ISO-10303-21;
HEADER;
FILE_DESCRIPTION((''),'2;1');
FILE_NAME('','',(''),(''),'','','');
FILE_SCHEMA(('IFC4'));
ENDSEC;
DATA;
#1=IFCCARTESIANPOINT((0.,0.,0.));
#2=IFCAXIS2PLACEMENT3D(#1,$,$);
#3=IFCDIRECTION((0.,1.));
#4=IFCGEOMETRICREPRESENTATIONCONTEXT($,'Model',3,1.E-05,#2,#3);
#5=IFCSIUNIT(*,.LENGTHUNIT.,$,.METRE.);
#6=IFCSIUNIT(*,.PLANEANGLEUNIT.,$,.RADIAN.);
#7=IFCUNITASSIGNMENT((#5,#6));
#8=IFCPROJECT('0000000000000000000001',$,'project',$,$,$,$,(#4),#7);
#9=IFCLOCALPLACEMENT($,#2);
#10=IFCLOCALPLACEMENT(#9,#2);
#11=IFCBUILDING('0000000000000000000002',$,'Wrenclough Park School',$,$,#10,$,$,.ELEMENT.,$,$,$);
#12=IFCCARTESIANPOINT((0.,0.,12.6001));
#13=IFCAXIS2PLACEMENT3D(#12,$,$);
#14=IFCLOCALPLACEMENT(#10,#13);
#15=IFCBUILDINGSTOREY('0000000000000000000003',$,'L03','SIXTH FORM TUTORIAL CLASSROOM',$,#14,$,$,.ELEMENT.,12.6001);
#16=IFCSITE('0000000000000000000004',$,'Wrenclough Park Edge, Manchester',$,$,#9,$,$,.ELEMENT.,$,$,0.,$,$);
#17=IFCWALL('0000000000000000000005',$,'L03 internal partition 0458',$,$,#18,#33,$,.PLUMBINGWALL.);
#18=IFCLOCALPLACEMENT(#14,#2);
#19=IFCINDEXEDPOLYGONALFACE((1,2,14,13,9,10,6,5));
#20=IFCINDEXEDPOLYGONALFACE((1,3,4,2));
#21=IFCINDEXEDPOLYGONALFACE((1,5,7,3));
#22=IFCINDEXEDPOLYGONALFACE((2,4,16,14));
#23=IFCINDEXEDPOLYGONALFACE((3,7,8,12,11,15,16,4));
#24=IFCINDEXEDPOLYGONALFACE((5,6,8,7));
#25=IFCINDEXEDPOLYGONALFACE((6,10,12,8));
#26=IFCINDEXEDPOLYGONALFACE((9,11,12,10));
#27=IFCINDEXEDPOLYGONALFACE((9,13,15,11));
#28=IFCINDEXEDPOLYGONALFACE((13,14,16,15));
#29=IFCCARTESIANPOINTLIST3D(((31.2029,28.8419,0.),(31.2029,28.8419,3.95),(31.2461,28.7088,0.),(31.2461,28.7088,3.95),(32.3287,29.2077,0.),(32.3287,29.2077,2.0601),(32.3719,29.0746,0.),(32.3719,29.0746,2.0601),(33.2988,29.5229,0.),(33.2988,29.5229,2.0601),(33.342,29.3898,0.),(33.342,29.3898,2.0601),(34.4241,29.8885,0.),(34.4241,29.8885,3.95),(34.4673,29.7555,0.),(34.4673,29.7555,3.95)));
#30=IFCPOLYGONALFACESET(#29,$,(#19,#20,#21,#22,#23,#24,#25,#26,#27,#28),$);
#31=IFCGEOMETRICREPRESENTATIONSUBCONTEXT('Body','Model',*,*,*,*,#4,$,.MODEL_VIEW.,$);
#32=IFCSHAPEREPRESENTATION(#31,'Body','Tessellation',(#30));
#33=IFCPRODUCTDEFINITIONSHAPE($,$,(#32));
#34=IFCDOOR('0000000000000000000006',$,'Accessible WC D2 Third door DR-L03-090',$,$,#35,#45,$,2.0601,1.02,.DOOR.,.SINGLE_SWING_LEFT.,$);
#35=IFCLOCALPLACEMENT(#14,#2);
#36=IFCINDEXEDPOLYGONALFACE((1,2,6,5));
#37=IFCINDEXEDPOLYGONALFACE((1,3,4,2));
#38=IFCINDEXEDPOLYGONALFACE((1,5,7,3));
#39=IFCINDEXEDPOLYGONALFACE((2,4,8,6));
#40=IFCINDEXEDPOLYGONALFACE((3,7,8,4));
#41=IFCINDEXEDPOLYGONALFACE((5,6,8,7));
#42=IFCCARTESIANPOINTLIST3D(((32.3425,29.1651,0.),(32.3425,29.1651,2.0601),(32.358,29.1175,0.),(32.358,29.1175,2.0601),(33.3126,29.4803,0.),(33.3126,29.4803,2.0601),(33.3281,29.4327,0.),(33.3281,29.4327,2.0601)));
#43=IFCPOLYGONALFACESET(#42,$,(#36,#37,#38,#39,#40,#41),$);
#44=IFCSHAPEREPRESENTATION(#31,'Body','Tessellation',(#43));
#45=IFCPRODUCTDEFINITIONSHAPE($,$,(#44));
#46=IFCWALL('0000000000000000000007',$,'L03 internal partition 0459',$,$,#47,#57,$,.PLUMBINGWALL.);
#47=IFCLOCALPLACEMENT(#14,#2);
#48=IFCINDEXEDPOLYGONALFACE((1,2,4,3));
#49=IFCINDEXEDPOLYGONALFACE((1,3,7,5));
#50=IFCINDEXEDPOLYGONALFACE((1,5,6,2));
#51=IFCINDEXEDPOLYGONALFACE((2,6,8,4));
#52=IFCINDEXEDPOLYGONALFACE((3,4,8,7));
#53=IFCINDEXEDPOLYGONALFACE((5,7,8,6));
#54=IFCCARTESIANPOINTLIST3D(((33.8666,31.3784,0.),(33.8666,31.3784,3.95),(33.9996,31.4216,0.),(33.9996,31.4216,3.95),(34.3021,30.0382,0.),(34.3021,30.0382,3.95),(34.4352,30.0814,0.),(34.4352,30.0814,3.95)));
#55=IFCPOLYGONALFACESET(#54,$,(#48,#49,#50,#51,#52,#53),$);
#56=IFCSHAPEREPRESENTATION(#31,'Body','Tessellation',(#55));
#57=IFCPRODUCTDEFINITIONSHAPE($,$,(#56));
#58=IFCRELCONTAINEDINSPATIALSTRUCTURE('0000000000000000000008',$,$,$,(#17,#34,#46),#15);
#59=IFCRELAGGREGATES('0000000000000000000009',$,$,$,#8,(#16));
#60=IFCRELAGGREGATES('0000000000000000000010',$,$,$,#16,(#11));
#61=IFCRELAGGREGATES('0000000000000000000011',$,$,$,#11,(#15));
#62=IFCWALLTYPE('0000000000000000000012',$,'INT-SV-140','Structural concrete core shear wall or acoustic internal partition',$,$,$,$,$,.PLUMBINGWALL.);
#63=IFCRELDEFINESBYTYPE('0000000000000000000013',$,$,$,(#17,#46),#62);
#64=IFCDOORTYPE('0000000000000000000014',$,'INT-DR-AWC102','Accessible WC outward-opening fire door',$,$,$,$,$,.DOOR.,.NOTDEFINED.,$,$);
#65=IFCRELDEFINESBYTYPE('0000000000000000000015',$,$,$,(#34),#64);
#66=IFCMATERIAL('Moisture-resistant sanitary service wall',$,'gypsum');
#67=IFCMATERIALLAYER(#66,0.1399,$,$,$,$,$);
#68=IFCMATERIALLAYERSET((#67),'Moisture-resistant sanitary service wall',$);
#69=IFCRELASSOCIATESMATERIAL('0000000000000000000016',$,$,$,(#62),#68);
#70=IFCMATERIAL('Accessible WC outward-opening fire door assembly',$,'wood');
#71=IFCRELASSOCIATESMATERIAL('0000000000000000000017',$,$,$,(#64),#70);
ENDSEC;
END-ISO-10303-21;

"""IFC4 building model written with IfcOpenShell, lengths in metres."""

from ifc_helpers import new_model, si_unit, direction, frame, frame_2d, origin, place, context, subcontext, project, spatial, rectangle, extrude, material, layer, layer_set, type_object, element, fill, save


model = new_model("IFC4")

# Units and contexts
model_context = context("Model", 3, precision=1e-05, world=origin(), true_north=direction((0.0, 1.0)))
body_context = subcontext(model_context, "Body", "Model", "MODEL_VIEW")
ifc_project = project(units=[si_unit("LENGTHUNIT", "METRE"), si_unit("PLANEANGLEUNIT", "RADIAN")], contexts=[model_context])

# Site, building, storey
site_placement = place(None, origin())
site = spatial("IfcSite", under=ifc_project, at=site_placement, Name="Wrenclough Park Edge, Manchester", CompositionType="ELEMENT", RefElevation=0.0)
building_placement = place(site_placement, origin())
building = spatial("IfcBuilding", under=site, at=building_placement, Name="Wrenclough Park School", CompositionType="ELEMENT")
storey_placement = place(building_placement, frame((0.0, 0.0, 12.6001)))
storey = spatial("IfcBuildingStorey", under=building, at=storey_placement, Name="L03", Description="SIXTH FORM TUTORIAL CLASSROOM", CompositionType="ELEMENT", Elevation=12.6001)

# Wall, opening, door
ifc_material_1 = material(Name="Moisture-resistant sanitary service wall", Category="gypsum")
ifc_layer_1 = layer(ifc_material_1, 0.1399)
ifc_layer_set_1 = layer_set([ifc_layer_1], Name="Moisture-resistant sanitary service wall")
wall_type_1 = type_object("IfcWallType", Name="INT-SV-140", Description="Structural concrete core shear wall or acoustic internal partition", PredefinedType="PLUMBINGWALL", material=ifc_layer_set_1)
wall_1_placement = place(storey_placement, frame((31.2246, 28.7754, 0.0), z_axis=(0.0, 0.0, 1.0), x_axis=(0.951056, 0.309018, 0.0)))
wall_1 = element("IfcWall", 1, at=wall_1_placement, inside=storey, type_object=wall_type_1, Name="L03 internal partition 0458", PredefinedType="PLUMBINGWALL", context=body_context, shape_type="SweptSolid", body=[
    extrude(rectangle(XDim=3.387, YDim=0.1399, at=frame_2d((1.6934, 0.0))), origin(), (0.0, 0.0, 1.0), 3.95),
])
opening_1_placement = place(wall_1_placement, frame((1.1836, 0.0, 0.0)))
opening_1 = element("IfcOpeningElement", 2, at=opening_1_placement, cuts=wall_1, PredefinedType="OPENING", context=body_context, shape_type="SweptSolid", body=[
    extrude(rectangle(XDim=1.02, YDim=2.0601, at=frame_2d((0.51, 1.03))), frame((0.0, 0.0798, 0.0), z_axis=(0.0, -1.0, 0.0), x_axis=(1.0, 0.0, 0.0)), (0.0, 0.0, 1.0), 0.1599),
])
ifc_material_2 = material(Name="Accessible WC outward-opening fire door assembly", Category="wood")
door_type_1 = type_object("IfcDoorType", Name="INT-DR-AWC102", Description="Accessible WC outward-opening fire door", OperationType="NOTDEFINED", PredefinedType="DOOR", material=ifc_material_2)
door_1_placement = place(opening_1_placement, frame((1.02, 0.0, 0.0), z_axis=(0.0, 0.0, 1.0), x_axis=(-1.0, 0.0, 0.0)))
door_1 = element("IfcDoor", 3, at=door_1_placement, inside=storey, type_object=door_type_1, Name="Accessible WC D2 Third door DR-L03-090", OperationType="SINGLE_SWING_LEFT", OverallHeight=2.0601, OverallWidth=1.02, PredefinedType="DOOR", context=body_context, shape_type="SweptSolid", body=[
    extrude(rectangle(XDim=1.02, YDim=2.0601, at=frame_2d((0.51, 1.03))), frame((0.0, 0.0249, 0.0), z_axis=(0.0, -1.0, 0.0), x_axis=(1.0, 0.0, 0.0)), (0.0, 0.0, 1.0), 0.05),
])
fill(opening_1, door_1)

# Wall
wall_2_placement = place(storey_placement, frame((34.3687, 30.0598, 0.0), z_axis=(0.0, 0.0, 1.0), x_axis=(-0.309098, 0.95103, 0.0)))
element("IfcWall", 4, at=wall_2_placement, inside=storey, type_object=wall_type_1, Name="L03 internal partition 0459", PredefinedType="PLUMBINGWALL", context=body_context, shape_type="SweptSolid", body=[
    extrude(rectangle(XDim=1.4092, YDim=0.1399, at=frame_2d((0.7046, 0.0))), origin(), (0.0, 0.0, 1.0), 3.95),
])

save(model, "model.ifc")
